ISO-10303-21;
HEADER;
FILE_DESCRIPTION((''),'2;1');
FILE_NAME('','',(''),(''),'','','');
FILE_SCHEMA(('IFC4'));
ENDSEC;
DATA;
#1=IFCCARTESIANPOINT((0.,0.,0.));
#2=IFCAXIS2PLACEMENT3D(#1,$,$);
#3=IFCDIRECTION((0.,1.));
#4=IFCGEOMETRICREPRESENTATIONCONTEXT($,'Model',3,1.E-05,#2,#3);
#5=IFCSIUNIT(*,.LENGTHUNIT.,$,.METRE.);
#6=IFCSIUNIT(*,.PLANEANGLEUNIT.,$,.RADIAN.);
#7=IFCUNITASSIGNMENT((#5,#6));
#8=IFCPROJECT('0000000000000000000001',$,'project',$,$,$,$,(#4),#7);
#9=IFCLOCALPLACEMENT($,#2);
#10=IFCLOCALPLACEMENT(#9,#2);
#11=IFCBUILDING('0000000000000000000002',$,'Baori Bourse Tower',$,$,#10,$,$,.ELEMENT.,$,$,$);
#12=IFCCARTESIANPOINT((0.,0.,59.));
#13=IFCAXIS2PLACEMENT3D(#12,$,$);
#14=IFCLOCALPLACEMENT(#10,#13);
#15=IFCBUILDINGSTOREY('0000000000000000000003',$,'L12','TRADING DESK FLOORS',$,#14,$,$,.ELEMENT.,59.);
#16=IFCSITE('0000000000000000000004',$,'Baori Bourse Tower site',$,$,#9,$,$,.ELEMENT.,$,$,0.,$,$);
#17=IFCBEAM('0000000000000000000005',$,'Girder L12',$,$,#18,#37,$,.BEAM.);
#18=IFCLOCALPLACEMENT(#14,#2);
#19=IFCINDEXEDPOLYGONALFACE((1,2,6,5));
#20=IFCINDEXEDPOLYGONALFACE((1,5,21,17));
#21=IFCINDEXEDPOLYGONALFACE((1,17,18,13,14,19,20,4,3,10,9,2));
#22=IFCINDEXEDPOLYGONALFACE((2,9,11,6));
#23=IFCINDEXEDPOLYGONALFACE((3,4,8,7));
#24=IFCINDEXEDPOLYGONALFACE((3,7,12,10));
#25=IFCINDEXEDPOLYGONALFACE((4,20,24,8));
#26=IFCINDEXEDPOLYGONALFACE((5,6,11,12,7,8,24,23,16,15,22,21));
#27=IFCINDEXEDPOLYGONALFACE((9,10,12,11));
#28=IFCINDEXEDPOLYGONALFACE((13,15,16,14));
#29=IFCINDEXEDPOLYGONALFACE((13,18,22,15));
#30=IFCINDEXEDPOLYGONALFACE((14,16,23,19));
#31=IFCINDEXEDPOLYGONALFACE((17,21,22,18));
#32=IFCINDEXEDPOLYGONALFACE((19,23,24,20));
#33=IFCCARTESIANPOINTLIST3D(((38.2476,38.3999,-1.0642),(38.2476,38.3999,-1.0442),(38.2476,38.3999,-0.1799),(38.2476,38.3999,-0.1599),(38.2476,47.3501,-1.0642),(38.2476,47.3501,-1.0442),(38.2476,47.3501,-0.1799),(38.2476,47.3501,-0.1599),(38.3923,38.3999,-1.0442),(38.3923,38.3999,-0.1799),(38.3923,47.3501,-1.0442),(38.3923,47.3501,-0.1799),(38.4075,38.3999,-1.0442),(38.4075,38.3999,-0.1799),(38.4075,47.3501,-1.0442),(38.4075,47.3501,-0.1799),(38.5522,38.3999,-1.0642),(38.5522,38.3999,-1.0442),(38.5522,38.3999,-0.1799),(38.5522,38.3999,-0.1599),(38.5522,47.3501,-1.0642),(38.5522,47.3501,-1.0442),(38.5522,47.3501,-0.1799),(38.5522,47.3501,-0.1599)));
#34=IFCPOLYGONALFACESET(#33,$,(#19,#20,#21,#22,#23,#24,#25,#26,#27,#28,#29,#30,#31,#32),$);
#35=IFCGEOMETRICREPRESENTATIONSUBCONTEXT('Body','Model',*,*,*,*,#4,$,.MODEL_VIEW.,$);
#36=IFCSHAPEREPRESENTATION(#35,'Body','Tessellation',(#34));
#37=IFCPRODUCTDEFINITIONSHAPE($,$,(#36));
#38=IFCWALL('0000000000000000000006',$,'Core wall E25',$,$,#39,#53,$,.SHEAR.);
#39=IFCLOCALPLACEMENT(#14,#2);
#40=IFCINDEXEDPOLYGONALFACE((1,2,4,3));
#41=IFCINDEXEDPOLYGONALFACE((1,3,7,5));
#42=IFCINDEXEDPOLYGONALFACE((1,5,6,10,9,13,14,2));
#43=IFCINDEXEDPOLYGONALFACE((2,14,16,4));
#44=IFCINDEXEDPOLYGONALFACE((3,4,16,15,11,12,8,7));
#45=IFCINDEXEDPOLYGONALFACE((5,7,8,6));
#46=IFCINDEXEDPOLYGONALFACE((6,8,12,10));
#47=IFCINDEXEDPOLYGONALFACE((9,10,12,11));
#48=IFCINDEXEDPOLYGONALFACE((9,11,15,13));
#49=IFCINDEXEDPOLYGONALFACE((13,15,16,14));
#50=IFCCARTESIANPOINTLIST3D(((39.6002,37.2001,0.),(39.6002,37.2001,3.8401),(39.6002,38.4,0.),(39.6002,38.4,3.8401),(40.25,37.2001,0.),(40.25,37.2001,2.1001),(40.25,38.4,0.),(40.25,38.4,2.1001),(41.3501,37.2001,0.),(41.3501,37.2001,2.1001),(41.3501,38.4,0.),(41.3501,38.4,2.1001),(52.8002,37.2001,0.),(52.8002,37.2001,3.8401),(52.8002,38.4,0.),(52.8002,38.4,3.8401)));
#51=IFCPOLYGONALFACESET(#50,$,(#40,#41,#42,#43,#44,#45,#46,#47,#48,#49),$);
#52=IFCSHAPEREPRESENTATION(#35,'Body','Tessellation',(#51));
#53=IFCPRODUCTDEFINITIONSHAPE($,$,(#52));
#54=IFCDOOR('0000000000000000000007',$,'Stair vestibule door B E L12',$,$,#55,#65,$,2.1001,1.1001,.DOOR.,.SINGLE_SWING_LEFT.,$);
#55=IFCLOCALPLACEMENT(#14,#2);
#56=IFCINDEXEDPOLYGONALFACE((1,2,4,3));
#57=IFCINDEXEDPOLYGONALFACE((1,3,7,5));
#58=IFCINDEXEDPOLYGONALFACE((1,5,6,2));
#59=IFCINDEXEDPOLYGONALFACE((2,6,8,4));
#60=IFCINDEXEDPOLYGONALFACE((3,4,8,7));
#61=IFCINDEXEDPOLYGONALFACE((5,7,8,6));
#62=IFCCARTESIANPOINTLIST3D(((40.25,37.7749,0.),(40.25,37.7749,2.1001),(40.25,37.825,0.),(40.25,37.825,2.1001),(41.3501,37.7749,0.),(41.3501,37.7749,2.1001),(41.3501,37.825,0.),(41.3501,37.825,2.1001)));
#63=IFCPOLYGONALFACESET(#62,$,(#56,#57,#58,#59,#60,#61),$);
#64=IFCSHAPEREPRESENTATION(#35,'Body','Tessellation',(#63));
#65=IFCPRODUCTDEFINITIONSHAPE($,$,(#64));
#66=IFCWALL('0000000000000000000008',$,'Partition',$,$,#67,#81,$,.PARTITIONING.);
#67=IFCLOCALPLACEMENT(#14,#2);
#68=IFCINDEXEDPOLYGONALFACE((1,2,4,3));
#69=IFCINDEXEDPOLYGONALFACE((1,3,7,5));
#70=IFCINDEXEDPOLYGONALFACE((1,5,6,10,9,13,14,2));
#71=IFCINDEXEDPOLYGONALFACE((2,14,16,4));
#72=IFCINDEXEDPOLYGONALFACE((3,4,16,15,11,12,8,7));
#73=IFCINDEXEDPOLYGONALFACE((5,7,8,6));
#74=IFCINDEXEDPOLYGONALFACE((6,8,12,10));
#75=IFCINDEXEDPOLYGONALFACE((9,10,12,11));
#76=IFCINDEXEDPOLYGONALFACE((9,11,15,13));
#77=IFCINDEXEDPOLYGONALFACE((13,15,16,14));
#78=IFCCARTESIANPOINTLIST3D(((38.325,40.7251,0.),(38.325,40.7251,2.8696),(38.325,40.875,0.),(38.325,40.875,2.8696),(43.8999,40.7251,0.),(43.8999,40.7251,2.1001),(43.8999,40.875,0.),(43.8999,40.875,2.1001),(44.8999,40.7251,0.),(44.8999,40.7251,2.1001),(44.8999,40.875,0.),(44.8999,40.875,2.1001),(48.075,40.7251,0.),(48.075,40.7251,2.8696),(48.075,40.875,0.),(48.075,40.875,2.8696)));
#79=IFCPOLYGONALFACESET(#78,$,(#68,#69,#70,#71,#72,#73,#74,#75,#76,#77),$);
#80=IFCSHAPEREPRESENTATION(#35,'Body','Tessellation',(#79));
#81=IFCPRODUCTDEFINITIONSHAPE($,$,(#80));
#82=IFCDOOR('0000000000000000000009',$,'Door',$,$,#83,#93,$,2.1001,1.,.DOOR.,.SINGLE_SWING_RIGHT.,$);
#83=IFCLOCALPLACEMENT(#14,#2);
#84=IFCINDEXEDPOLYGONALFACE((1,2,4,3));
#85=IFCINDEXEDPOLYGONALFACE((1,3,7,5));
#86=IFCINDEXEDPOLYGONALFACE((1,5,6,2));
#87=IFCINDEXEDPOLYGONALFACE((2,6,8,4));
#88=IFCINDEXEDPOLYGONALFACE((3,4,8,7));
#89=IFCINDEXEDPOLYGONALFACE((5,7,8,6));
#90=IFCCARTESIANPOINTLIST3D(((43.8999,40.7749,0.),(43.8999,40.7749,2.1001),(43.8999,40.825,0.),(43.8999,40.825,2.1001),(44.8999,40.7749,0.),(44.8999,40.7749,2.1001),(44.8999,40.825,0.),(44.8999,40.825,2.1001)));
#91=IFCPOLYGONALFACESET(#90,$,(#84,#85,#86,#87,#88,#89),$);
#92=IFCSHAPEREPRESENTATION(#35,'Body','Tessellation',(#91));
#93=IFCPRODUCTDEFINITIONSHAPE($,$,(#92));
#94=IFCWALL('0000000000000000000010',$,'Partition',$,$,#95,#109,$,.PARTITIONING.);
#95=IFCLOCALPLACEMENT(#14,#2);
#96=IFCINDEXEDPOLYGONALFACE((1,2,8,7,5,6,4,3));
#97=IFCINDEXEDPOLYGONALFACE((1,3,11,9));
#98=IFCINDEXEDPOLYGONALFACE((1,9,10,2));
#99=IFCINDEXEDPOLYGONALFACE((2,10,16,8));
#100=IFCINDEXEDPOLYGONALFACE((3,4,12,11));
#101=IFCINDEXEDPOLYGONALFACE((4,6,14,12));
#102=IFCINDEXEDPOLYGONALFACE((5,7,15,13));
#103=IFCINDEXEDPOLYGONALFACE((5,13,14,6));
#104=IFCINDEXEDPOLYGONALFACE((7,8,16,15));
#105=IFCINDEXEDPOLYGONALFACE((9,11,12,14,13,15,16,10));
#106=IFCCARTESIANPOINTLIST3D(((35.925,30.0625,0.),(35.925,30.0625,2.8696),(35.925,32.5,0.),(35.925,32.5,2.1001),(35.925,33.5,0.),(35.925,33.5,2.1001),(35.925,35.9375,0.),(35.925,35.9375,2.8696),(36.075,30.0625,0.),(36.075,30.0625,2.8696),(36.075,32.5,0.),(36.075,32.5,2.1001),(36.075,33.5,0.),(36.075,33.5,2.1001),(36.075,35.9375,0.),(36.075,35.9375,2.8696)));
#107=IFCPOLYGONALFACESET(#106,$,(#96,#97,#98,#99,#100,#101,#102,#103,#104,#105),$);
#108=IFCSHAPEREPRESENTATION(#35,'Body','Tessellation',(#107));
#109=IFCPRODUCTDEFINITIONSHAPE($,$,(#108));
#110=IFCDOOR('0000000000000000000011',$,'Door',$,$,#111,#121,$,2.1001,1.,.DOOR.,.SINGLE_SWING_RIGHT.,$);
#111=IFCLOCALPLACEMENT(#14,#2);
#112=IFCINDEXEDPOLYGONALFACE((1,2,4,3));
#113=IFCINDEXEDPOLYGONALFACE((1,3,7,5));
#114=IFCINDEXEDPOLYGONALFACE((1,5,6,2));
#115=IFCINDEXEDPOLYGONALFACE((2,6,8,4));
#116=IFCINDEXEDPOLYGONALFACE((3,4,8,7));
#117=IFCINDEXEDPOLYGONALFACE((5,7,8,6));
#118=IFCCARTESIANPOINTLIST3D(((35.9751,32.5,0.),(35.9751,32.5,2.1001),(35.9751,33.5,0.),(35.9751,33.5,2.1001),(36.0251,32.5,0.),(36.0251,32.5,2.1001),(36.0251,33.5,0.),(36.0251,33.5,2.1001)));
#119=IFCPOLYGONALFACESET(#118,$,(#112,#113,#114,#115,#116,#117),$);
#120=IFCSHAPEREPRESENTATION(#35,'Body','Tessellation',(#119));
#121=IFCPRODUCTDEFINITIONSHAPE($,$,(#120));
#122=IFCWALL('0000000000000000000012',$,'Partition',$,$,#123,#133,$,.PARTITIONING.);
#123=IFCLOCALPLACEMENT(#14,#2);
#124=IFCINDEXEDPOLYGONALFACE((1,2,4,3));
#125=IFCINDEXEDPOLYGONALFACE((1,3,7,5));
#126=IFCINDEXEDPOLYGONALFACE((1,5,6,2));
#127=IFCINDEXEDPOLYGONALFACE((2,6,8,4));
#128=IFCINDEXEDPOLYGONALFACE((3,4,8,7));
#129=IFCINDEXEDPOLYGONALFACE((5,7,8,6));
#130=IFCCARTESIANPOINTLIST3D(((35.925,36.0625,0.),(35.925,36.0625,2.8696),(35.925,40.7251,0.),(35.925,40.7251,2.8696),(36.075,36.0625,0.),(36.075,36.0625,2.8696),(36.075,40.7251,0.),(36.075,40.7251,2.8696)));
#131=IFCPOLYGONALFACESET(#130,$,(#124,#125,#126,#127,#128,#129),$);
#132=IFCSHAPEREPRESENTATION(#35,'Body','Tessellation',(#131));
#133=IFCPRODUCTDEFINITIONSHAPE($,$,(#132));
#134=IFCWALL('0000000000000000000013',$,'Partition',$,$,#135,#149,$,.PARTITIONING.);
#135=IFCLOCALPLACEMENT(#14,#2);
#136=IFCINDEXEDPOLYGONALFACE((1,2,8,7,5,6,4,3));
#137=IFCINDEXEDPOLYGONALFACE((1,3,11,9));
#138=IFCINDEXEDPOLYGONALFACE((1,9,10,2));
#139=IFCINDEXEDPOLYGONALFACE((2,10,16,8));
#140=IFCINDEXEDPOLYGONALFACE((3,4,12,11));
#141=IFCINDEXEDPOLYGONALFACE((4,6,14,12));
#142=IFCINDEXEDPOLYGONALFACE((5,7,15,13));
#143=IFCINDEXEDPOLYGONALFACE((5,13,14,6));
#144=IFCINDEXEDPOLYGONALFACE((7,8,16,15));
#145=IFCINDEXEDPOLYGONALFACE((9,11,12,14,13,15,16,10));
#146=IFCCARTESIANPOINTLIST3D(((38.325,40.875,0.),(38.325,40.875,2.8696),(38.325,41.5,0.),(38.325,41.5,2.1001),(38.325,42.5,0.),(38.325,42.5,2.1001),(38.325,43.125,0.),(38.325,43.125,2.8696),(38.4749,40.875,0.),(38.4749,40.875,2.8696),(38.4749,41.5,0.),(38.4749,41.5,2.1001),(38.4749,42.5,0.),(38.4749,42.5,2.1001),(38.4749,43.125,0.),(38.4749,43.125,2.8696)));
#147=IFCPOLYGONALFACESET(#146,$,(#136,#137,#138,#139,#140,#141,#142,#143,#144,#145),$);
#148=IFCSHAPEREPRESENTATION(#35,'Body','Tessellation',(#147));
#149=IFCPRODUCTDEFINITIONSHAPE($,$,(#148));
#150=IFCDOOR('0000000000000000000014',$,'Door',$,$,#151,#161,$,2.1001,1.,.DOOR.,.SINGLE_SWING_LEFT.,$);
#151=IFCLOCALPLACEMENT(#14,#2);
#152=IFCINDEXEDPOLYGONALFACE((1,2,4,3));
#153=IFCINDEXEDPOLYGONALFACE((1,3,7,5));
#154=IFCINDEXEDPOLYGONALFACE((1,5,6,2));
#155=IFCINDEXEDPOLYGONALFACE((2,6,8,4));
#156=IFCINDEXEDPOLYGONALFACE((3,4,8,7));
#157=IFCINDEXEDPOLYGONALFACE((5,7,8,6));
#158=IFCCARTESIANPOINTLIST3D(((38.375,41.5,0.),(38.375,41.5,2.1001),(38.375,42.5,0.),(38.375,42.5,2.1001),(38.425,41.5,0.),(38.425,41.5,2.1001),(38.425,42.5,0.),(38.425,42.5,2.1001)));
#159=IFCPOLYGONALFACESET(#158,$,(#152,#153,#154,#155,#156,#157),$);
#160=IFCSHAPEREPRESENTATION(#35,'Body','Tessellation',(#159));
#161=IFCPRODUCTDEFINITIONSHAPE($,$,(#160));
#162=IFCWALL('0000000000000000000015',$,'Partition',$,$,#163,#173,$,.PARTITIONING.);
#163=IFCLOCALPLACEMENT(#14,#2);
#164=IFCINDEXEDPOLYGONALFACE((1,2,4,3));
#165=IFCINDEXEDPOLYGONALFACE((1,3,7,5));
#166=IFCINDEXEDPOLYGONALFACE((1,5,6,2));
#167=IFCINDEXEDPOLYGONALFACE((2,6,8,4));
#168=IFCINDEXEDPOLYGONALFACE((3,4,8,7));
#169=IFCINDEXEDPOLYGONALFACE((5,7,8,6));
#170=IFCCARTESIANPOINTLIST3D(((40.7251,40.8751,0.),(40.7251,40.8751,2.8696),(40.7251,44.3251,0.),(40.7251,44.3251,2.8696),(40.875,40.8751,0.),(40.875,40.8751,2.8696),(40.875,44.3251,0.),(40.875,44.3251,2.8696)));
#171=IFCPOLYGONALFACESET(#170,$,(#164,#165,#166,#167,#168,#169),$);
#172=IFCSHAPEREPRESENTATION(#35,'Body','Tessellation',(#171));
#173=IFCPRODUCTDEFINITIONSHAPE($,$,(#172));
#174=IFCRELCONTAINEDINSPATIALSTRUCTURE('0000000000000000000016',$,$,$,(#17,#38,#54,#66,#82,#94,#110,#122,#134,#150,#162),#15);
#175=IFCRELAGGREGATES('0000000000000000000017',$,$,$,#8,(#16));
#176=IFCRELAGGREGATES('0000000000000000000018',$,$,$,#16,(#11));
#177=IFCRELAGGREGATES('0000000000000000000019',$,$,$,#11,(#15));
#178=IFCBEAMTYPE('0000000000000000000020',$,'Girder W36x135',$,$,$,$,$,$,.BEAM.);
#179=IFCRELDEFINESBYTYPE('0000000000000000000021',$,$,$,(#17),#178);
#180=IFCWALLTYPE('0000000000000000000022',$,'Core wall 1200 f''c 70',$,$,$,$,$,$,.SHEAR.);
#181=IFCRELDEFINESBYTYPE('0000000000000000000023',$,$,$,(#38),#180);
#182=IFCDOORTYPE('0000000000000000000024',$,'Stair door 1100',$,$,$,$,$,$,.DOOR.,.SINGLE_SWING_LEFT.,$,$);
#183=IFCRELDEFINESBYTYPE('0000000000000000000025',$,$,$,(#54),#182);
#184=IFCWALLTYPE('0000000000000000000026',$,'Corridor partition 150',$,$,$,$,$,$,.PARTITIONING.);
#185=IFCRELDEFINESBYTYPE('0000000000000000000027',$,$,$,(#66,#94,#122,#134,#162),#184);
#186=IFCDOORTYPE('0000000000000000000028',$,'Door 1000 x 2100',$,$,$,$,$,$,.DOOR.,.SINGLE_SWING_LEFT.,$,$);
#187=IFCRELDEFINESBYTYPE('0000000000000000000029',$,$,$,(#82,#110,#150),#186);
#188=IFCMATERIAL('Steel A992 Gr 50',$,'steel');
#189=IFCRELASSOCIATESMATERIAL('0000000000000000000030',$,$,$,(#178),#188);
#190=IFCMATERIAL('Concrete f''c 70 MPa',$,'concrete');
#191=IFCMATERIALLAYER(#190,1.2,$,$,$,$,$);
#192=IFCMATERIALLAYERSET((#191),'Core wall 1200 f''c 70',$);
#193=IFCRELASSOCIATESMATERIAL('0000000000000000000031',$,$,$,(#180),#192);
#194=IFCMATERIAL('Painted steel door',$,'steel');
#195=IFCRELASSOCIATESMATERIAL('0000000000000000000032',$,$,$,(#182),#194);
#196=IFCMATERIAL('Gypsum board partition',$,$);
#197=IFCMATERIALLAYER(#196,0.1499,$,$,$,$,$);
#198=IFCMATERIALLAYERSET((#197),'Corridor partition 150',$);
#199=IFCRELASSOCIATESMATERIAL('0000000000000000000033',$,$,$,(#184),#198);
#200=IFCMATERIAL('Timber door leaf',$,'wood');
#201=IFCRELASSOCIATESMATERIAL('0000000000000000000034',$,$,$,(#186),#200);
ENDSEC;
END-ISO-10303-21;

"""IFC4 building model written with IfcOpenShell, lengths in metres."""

from ifc_helpers import new_model, si_unit, direction, frame, frame_2d, origin, origin_2d, place, context, subcontext, project, spatial, rectangle, i_section, extrude, material, layer, layer_set, material_profile, profile_set, type_object, element, fill, save


model = new_model("IFC4")

# Units and contexts
model_context = context("Model", 3, precision=1e-05, world=origin(), true_north=direction((0.0, 1.0)))
body_context = subcontext(model_context, "Body", "Model", "MODEL_VIEW")
ifc_project = project(units=[si_unit("LENGTHUNIT", "METRE"), si_unit("PLANEANGLEUNIT", "RADIAN")], contexts=[model_context])

# Site, building, storey
site_placement = place(None, origin())
site = spatial("IfcSite", under=ifc_project, at=site_placement, Name="Baori Bourse Tower site", CompositionType="ELEMENT", RefElevation=0.0)
building_placement = place(site_placement, origin())
building = spatial("IfcBuilding", under=site, at=building_placement, Name="Baori Bourse Tower", CompositionType="ELEMENT")
storey_placement = place(building_placement, frame((0.0, 0.0, 59.0)))
storey = spatial("IfcBuildingStorey", under=building, at=storey_placement, Name="L12", Description="TRADING DESK FLOORS", CompositionType="ELEMENT", Elevation=59.0)

# Beam
ifc_material_1 = material(Name="Steel A992 Gr 50", Category="steel")
ifc_material_profile = material_profile(ifc_material_1, i_section(OverallWidth=0.3047, OverallDepth=0.9043, WebThickness=0.0151, FlangeThickness=0.02, at=origin_2d()), Name="W36x135")
ifc_profile_set = profile_set([ifc_material_profile], Name="Steel A992 Gr 50")
beam_type = type_object("IfcBeamType", Name="Girder W36x135", PredefinedType="BEAM", material=ifc_profile_set)
beam_placement = place(storey_placement, frame((38.3999, 38.3999, -0.6121), z_axis=(0.0, 1.0, 0.0), x_axis=(-1.0, 0.0, 0.0)))
element("IfcBeam", 1, at=beam_placement, inside=storey, type_object=beam_type, Name="Girder L12", PredefinedType="BEAM", context=body_context, shape_type="SweptSolid", body=[
    extrude(i_section(OverallWidth=0.3047, OverallDepth=0.9043, WebThickness=0.0151, FlangeThickness=0.02, at=origin_2d()), origin(), (0.0, 0.0, 1.0), 8.9502),
])

# Walls, openings, doors
ifc_material_2 = material(Name="Concrete f'c 70 MPa", Category="concrete")
ifc_layer_1 = layer(ifc_material_2, 1.2)
ifc_layer_set_1 = layer_set([ifc_layer_1], Name="Core wall 1200 f'c 70")
wall_type_1 = type_object("IfcWallType", Name="Core wall 1200 f'c 70", PredefinedType="SHEAR", material=ifc_layer_set_1)
wall_1_placement = place(storey_placement, frame((39.6001, 37.8, 0.0), z_axis=(0.0, 0.0, 1.0), x_axis=(1.0, 0.0, 0.0)))
wall_1 = element("IfcWall", 2, at=wall_1_placement, inside=storey, type_object=wall_type_1, Name="Core wall E25", PredefinedType="SHEAR", context=body_context, shape_type="SweptSolid", body=[
    extrude(rectangle(XDim=13.2, YDim=1.2, at=frame_2d((6.6001, 0.0))), origin(), (0.0, 0.0, 1.0), 3.8401),
])
opening_1_placement = place(wall_1_placement, frame((0.6499, 0.0, 0.0)))
opening_1 = element("IfcOpeningElement", 3, at=opening_1_placement, cuts=wall_1, PredefinedType="OPENING", context=body_context, shape_type="SweptSolid", body=[
    extrude(rectangle(XDim=1.1001, YDim=2.1001, at=frame_2d((0.55, 1.05))), frame((0.0, 0.6099, 0.0), z_axis=(0.0, -1.0, 0.0), x_axis=(1.0, 0.0, 0.0)), (0.0, 0.0, 1.0), 1.22),
])
ifc_material_3 = material(Name="Painted steel door", Category="steel")
door_type_1 = type_object("IfcDoorType", Name="Stair door 1100", OperationType="SINGLE_SWING_LEFT", PredefinedType="DOOR", material=ifc_material_3)
door_1_placement = place(opening_1_placement, origin())
door_1 = element("IfcDoor", 4, at=door_1_placement, inside=storey, type_object=door_type_1, Name="Stair vestibule door B E L12", OperationType="SINGLE_SWING_LEFT", OverallHeight=2.1001, OverallWidth=1.1001, PredefinedType="DOOR", context=body_context, shape_type="SweptSolid", body=[
    extrude(rectangle(XDim=1.1001, YDim=2.1001, at=frame_2d((0.55, 1.05))), frame((0.0, 0.0249, 0.0), z_axis=(0.0, -1.0, 0.0), x_axis=(1.0, 0.0, 0.0)), (0.0, 0.0, 1.0), 0.05),
])
fill(opening_1, door_1)
ifc_material_4 = material(Name="Gypsum board partition")
ifc_layer_2 = layer(ifc_material_4, 0.1499)
ifc_layer_set_2 = layer_set([ifc_layer_2], Name="Corridor partition 150")
wall_type_2 = type_object("IfcWallType", Name="Corridor partition 150", PredefinedType="PARTITIONING", material=ifc_layer_set_2)
wall_2_placement = place(storey_placement, frame((38.325, 40.8, 0.0), z_axis=(0.0, 0.0, 1.0), x_axis=(1.0, 0.0, 0.0)))
wall_2 = element("IfcWall", 5, at=wall_2_placement, inside=storey, type_object=wall_type_2, Name="Partition", PredefinedType="PARTITIONING", context=body_context, shape_type="SweptSolid", body=[
    extrude(rectangle(XDim=9.75, YDim=0.1499, at=frame_2d((4.875, 0.0))), origin(), (0.0, 0.0, 1.0), 2.8696),
])
opening_2_placement = place(wall_2_placement, frame((5.575, 0.0, 0.0)))
opening_2 = element("IfcOpeningElement", 6, at=opening_2_placement, cuts=wall_2, PredefinedType="OPENING", context=body_context, shape_type="SweptSolid", body=[
    extrude(rectangle(XDim=1.0, YDim=2.1001, at=frame_2d((0.5, 1.05))), frame((0.0, 0.085, 0.0), z_axis=(0.0, -1.0, 0.0), x_axis=(1.0, 0.0, 0.0)), (0.0, 0.0, 1.0), 0.1699),
])
ifc_material_5 = material(Name="Timber door leaf", Category="wood")
door_type_2 = type_object("IfcDoorType", Name="Door 1000 x 2100", OperationType="SINGLE_SWING_LEFT", PredefinedType="DOOR", material=ifc_material_5)
door_2_placement = place(opening_2_placement, origin())
door_2 = element("IfcDoor", 7, at=door_2_placement, inside=storey, type_object=door_type_2, Name="Door", OperationType="SINGLE_SWING_RIGHT", OverallHeight=2.1001, OverallWidth=1.0, PredefinedType="DOOR", context=body_context, shape_type="SweptSolid", body=[
    extrude(rectangle(XDim=1.0, YDim=2.1001, at=frame_2d((0.5, 1.05))), frame((0.0, 0.0249, 0.0), z_axis=(0.0, -1.0, 0.0), x_axis=(1.0, 0.0, 0.0)), (0.0, 0.0, 1.0), 0.05),
])
fill(opening_2, door_2)
wall_3_placement = place(storey_placement, frame((36.0, 30.0625, 0.0), z_axis=(0.0, 0.0, 1.0), x_axis=(0.0, 1.0, 0.0)))
wall_3 = element("IfcWall", 8, at=wall_3_placement, inside=storey, type_object=wall_type_2, Name="Partition", PredefinedType="PARTITIONING", context=body_context, shape_type="SweptSolid", body=[
    extrude(rectangle(XDim=5.875, YDim=0.1499, at=frame_2d((2.9375, 0.0))), origin(), (0.0, 0.0, 1.0), 2.8696),
])
opening_3_placement = place(wall_3_placement, frame((2.4375, 0.0, 0.0)))
opening_3 = element("IfcOpeningElement", 9, at=opening_3_placement, cuts=wall_3, PredefinedType="OPENING", context=body_context, shape_type="SweptSolid", body=[
    extrude(rectangle(XDim=1.0, YDim=2.1001, at=frame_2d((0.5, 1.05))), frame((0.0, 0.085, 0.0), z_axis=(0.0, -1.0, 0.0), x_axis=(1.0, 0.0, 0.0)), (0.0, 0.0, 1.0), 0.1699),
])
door_3_placement = place(opening_3_placement, origin())
door_3 = element("IfcDoor", 10, at=door_3_placement, inside=storey, type_object=door_type_2, Name="Door", OperationType="SINGLE_SWING_RIGHT", OverallHeight=2.1001, OverallWidth=1.0, PredefinedType="DOOR", context=body_context, shape_type="SweptSolid", body=[
    extrude(rectangle(XDim=1.0, YDim=2.1001, at=frame_2d((0.5, 1.05))), frame((0.0, 0.0249, 0.0), z_axis=(0.0, -1.0, 0.0), x_axis=(1.0, 0.0, 0.0)), (0.0, 0.0, 1.0), 0.05),
])
fill(opening_3, door_3)

# Wall
wall_4_placement = place(storey_placement, frame((36.0, 36.0625, 0.0), z_axis=(0.0, 0.0, 1.0), x_axis=(0.0, 1.0, 0.0)))
element("IfcWall", 11, at=wall_4_placement, inside=storey, type_object=wall_type_2, Name="Partition", PredefinedType="PARTITIONING", context=body_context, shape_type="SweptSolid", body=[
    extrude(rectangle(XDim=4.6626, YDim=0.1499, at=frame_2d((2.3313, 0.0))), origin(), (0.0, 0.0, 1.0), 2.8696),
])

# Wall, opening, door
wall_5_placement = place(storey_placement, frame((38.3999, 40.875, 0.0), z_axis=(0.0, 0.0, 1.0), x_axis=(0.0, 1.0, 0.0)))
wall_5 = element("IfcWall", 12, at=wall_5_placement, inside=storey, type_object=wall_type_2, Name="Partition", PredefinedType="PARTITIONING", context=body_context, shape_type="SweptSolid", body=[
    extrude(rectangle(XDim=2.25, YDim=0.1499, at=frame_2d((1.125, 0.0))), origin(), (0.0, 0.0, 1.0), 2.8696),
])
opening_4_placement = place(wall_5_placement, frame((0.625, 0.0, 0.0)))
opening_4 = element("IfcOpeningElement", 13, at=opening_4_placement, cuts=wall_5, PredefinedType="OPENING", context=body_context, shape_type="SweptSolid", body=[
    extrude(rectangle(XDim=1.0, YDim=2.1001, at=frame_2d((0.5, 1.05))), frame((0.0, 0.085, 0.0), z_axis=(0.0, -1.0, 0.0), x_axis=(1.0, 0.0, 0.0)), (0.0, 0.0, 1.0), 0.1699),
])
door_4_placement = place(opening_4_placement, origin())
door_4 = element("IfcDoor", 14, at=door_4_placement, inside=storey, type_object=door_type_2, Name="Door", OperationType="SINGLE_SWING_LEFT", OverallHeight=2.1001, OverallWidth=1.0, PredefinedType="DOOR", context=body_context, shape_type="SweptSolid", body=[
    extrude(rectangle(XDim=1.0, YDim=2.1001, at=frame_2d((0.5, 1.05))), frame((0.0, 0.0249, 0.0), z_axis=(0.0, -1.0, 0.0), x_axis=(1.0, 0.0, 0.0)), (0.0, 0.0, 1.0), 0.05),
])
fill(opening_4, door_4)

# Wall
wall_6_placement = place(storey_placement, frame((40.8, 40.875, 0.0), z_axis=(0.0, 0.0, 1.0), x_axis=(0.0, 1.0, 0.0)))
element("IfcWall", 15, at=wall_6_placement, inside=storey, type_object=wall_type_2, Name="Partition", PredefinedType="PARTITIONING", context=body_context, shape_type="SweptSolid", body=[
    extrude(rectangle(XDim=3.45, YDim=0.1499, at=frame_2d((1.7251, 0.0))), origin(), (0.0, 0.0, 1.0), 2.8696),
])

save(model, "model.ifc")
